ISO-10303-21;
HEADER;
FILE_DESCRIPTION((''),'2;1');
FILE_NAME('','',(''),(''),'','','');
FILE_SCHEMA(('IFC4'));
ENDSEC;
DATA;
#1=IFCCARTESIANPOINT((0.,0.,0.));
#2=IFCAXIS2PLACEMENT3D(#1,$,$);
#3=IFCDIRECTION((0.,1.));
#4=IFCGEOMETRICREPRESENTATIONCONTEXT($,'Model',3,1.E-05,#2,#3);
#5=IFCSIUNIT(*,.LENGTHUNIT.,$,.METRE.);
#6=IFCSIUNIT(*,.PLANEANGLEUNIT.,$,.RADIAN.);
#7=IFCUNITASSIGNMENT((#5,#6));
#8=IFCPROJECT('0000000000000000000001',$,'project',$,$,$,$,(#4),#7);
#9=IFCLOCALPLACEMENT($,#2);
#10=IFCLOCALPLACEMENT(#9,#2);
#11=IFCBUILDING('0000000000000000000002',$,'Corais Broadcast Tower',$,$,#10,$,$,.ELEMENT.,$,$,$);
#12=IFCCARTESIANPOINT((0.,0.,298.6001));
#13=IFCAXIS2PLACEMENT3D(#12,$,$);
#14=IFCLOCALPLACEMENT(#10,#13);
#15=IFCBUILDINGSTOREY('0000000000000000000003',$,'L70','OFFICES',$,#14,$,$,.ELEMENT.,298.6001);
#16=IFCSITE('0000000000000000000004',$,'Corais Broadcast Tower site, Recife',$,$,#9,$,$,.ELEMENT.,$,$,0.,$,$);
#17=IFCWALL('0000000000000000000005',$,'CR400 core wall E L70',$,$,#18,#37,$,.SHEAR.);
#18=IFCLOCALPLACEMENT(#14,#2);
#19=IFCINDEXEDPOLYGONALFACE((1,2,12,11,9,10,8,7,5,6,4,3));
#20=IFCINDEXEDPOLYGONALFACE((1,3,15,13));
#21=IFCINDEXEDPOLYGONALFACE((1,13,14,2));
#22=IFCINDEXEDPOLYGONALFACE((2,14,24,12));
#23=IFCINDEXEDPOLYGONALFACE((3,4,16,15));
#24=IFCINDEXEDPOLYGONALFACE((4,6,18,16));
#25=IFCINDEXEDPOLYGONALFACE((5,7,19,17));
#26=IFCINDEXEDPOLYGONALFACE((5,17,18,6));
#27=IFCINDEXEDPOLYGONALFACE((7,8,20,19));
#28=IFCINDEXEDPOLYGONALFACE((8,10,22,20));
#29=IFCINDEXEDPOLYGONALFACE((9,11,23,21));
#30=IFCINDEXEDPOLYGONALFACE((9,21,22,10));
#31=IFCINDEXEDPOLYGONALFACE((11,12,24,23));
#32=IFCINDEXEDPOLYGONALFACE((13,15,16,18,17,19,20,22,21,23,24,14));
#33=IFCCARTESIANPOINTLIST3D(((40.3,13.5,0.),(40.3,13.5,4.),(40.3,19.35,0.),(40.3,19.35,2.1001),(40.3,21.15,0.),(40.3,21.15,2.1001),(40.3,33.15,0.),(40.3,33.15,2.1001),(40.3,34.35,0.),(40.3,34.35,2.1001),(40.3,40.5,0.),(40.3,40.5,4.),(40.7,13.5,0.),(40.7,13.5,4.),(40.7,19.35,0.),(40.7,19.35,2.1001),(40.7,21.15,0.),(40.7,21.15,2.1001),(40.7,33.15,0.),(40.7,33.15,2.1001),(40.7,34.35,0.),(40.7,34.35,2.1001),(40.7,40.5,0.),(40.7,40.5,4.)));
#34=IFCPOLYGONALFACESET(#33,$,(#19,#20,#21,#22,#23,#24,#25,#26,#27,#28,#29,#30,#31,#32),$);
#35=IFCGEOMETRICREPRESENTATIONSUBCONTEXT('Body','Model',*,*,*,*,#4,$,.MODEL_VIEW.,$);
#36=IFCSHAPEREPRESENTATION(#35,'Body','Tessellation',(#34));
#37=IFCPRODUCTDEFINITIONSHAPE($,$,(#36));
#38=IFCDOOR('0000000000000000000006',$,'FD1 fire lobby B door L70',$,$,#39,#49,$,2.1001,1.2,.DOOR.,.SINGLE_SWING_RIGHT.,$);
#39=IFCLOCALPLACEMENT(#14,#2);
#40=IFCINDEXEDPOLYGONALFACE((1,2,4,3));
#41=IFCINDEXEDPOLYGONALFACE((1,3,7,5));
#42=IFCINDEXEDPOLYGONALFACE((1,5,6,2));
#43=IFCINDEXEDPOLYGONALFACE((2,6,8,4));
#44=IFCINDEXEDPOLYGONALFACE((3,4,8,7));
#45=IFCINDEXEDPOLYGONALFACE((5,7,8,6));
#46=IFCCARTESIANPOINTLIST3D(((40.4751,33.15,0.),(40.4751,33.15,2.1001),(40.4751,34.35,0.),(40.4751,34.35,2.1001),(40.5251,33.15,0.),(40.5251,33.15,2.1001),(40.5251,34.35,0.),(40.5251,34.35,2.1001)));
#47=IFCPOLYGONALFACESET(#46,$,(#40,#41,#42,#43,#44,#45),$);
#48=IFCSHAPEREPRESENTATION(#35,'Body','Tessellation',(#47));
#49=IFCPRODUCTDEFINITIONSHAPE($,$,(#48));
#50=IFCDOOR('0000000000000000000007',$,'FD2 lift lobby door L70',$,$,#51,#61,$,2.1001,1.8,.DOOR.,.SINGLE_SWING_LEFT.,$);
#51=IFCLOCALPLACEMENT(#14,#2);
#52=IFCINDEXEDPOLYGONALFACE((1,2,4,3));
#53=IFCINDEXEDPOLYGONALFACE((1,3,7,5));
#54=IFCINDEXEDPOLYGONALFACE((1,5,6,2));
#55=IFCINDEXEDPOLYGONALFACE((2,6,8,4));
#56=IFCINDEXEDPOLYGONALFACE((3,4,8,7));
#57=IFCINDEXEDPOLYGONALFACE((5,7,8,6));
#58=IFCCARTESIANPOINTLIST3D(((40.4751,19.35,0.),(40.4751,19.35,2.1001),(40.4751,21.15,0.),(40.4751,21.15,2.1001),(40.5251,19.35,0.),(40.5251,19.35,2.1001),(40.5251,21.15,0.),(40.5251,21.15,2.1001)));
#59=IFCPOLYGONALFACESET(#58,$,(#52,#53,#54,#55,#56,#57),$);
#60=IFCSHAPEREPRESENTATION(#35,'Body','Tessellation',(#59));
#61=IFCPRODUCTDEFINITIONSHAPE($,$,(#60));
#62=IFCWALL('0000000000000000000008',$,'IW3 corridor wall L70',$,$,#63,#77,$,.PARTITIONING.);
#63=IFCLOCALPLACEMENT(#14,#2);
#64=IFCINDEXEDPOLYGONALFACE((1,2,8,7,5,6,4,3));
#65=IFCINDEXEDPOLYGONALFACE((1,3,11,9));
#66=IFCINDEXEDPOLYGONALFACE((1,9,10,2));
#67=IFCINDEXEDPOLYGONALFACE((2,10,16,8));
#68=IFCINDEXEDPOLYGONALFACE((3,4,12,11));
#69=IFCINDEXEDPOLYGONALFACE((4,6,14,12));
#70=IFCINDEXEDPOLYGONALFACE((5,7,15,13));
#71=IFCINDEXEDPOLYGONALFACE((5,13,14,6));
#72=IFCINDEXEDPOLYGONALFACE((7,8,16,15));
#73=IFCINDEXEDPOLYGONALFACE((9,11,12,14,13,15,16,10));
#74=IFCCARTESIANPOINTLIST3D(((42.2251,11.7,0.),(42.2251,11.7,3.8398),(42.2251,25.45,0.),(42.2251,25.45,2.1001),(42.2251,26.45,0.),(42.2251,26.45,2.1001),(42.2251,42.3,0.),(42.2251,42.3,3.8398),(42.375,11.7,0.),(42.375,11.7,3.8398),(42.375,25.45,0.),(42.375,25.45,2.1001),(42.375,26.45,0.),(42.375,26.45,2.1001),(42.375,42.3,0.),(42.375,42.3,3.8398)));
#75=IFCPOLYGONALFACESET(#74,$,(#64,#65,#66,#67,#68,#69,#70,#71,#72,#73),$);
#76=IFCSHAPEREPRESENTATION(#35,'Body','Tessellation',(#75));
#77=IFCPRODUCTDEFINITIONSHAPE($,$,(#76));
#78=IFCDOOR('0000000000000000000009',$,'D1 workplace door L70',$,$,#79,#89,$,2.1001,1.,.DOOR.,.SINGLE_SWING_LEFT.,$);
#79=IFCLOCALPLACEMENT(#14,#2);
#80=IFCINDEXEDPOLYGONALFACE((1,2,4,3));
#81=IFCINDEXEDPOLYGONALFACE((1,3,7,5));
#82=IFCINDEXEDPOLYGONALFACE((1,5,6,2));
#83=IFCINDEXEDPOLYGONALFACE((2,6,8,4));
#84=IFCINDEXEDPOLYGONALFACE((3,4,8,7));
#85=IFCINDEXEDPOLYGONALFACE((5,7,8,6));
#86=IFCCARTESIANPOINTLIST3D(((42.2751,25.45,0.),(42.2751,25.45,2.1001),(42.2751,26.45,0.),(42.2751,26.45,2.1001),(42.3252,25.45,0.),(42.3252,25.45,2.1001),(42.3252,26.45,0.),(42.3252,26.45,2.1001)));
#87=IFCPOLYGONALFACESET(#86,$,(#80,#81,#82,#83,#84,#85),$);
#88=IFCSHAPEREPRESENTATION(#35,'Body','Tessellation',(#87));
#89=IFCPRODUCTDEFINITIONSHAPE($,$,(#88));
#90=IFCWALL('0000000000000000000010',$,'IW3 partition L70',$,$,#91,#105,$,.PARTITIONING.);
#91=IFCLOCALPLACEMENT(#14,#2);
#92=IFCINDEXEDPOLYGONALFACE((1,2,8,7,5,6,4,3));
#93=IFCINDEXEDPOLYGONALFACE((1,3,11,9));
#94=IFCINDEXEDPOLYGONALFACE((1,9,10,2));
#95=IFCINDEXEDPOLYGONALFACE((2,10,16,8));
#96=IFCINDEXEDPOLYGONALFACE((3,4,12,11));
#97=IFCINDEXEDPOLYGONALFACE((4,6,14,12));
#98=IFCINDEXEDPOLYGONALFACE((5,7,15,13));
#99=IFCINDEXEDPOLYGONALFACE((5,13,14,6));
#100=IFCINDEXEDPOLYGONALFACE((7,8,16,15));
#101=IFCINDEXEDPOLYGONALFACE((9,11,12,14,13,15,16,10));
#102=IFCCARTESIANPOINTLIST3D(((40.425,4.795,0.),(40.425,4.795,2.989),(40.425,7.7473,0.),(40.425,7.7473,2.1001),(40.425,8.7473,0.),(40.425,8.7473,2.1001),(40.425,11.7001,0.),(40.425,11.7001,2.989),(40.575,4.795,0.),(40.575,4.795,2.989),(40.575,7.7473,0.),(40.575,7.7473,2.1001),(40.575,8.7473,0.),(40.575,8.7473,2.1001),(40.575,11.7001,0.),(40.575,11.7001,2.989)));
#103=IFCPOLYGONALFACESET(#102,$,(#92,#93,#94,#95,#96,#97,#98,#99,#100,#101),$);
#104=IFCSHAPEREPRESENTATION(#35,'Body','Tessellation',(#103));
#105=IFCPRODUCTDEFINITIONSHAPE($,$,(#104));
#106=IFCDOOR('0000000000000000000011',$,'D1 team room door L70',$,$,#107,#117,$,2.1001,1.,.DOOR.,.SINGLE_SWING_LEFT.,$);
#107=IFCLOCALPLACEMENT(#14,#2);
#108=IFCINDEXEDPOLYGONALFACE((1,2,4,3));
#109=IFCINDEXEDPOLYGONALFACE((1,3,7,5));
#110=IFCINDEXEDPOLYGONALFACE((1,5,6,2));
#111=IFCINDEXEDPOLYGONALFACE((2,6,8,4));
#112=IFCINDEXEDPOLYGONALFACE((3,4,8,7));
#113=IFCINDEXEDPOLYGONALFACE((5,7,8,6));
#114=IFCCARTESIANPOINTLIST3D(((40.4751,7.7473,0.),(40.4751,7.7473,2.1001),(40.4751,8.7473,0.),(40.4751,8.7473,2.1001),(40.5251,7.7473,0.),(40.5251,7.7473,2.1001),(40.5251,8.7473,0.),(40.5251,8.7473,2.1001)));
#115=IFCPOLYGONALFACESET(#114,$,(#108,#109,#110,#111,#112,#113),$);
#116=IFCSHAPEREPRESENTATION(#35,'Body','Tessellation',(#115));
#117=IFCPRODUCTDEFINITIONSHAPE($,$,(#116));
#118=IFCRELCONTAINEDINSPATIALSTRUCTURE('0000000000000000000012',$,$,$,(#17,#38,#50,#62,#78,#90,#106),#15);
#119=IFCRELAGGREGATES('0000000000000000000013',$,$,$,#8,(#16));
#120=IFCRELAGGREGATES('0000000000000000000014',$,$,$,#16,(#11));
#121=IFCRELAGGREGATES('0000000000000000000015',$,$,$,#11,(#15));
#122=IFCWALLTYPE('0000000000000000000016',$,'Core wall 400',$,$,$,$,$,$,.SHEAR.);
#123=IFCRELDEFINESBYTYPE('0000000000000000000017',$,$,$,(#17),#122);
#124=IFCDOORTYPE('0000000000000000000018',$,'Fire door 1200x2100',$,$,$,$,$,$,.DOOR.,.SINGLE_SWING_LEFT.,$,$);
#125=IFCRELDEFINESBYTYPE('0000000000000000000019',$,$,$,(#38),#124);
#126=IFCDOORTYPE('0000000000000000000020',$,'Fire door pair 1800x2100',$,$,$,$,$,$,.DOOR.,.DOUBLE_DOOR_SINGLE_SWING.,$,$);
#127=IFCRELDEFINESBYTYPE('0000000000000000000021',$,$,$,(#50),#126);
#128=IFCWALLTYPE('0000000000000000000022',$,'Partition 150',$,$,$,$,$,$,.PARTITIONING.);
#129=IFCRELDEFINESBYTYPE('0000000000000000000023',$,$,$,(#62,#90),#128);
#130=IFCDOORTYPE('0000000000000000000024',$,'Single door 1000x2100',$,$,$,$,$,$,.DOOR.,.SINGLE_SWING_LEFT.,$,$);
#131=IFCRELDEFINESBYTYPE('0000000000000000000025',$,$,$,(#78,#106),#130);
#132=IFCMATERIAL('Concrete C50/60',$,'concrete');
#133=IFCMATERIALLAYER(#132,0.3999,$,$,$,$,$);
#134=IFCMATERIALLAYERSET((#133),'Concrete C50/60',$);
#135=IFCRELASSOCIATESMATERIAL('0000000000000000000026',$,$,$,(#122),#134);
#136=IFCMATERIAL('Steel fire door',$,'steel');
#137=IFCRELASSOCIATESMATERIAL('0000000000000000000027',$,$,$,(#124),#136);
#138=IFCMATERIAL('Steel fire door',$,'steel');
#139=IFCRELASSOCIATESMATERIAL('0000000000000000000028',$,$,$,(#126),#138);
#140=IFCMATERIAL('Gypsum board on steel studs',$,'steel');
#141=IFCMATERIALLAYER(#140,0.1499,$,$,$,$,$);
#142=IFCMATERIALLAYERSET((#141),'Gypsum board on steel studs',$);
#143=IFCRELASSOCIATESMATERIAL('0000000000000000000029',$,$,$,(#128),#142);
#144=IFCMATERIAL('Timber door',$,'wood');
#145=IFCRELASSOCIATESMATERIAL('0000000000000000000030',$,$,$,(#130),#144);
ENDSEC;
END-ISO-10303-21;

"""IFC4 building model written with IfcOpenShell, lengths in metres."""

from ifc_helpers import new_model, si_unit, direction, frame, frame_2d, origin, place, context, subcontext, project, spatial, rectangle, extrude, material, layer, layer_set, type_object, element, fill, save


model = new_model("IFC4")

# Units and contexts
model_context = context("Model", 3, precision=1e-05, world=origin(), true_north=direction((0.0, 1.0)))
body_context = subcontext(model_context, "Body", "Model", "MODEL_VIEW")
ifc_project = project(units=[si_unit("LENGTHUNIT", "METRE"), si_unit("PLANEANGLEUNIT", "RADIAN")], contexts=[model_context])

# Site, building, storey
site_placement = place(None, origin())
site = spatial("IfcSite", under=ifc_project, at=site_placement, Name="Corais Broadcast Tower site, Recife", CompositionType="ELEMENT", RefElevation=0.0)
building_placement = place(site_placement, origin())
building = spatial("IfcBuilding", under=site, at=building_placement, Name="Corais Broadcast Tower", CompositionType="ELEMENT")
storey_placement = place(building_placement, frame((0.0, 0.0, 298.6001)))
storey = spatial("IfcBuildingStorey", under=building, at=storey_placement, Name="L70", Description="OFFICES", CompositionType="ELEMENT", Elevation=298.6001)

# Wall, openings, doors
ifc_material_1 = material(Name="Concrete C50/60", Category="concrete")
ifc_layer_1 = layer(ifc_material_1, 0.3999)
ifc_layer_set_1 = layer_set([ifc_layer_1], Name="Concrete C50/60")
wall_type_1 = type_object("IfcWallType", Name="Core wall 400", PredefinedType="SHEAR", material=ifc_layer_set_1)
wall_1_placement = place(storey_placement, frame((40.5, 13.5, 0.0), z_axis=(0.0, 0.0, 1.0), x_axis=(0.0, 1.0, 0.0)))
wall_1 = element("IfcWall", 1, at=wall_1_placement, inside=storey, type_object=wall_type_1, Name="CR400 core wall E L70", PredefinedType="SHEAR", context=body_context, shape_type="SweptSolid", body=[
    extrude(rectangle(XDim=27.0, YDim=0.3999, at=frame_2d((13.5, 0.0))), origin(), (0.0, 0.0, 1.0), 4.0),
])
opening_1_placement = place(wall_1_placement, frame((5.8501, 0.0, 0.0)))
opening_1 = element("IfcOpeningElement", 2, at=opening_1_placement, cuts=wall_1, PredefinedType="OPENING", context=body_context, shape_type="SweptSolid", body=[
    extrude(rectangle(XDim=1.8, YDim=2.1001, at=frame_2d((0.8999, 1.05))), frame((0.0, 0.21, 0.0), z_axis=(0.0, -1.0, 0.0), x_axis=(1.0, 0.0, 0.0)), (0.0, 0.0, 1.0), 0.4199),
])
opening_2_placement = place(wall_1_placement, frame((19.6499, 0.0, 0.0)))
opening_2 = element("IfcOpeningElement", 3, at=opening_2_placement, cuts=wall_1, PredefinedType="OPENING", context=body_context, shape_type="SweptSolid", body=[
    extrude(rectangle(XDim=1.2, YDim=2.1001, at=frame_2d((0.6001, 1.05))), frame((0.0, 0.21, 0.0), z_axis=(0.0, -1.0, 0.0), x_axis=(1.0, 0.0, 0.0)), (0.0, 0.0, 1.0), 0.4199),
])
ifc_material_2 = material(Name="Steel fire door", Category="steel")
door_type_1 = type_object("IfcDoorType", Name="Fire door 1200x2100", OperationType="SINGLE_SWING_LEFT", PredefinedType="DOOR", material=ifc_material_2)
door_1_placement = place(opening_2_placement, origin())
door_1 = element("IfcDoor", 4, at=door_1_placement, inside=storey, type_object=door_type_1, Name="FD1 fire lobby B door L70", OperationType="SINGLE_SWING_RIGHT", OverallHeight=2.1001, OverallWidth=1.2, PredefinedType="DOOR", context=body_context, shape_type="SweptSolid", body=[
    extrude(rectangle(XDim=1.2, YDim=2.1001, at=frame_2d((0.6001, 1.05))), frame((0.0, 0.0249, 0.0), z_axis=(0.0, -1.0, 0.0), x_axis=(1.0, 0.0, 0.0)), (0.0, 0.0, 1.0), 0.05),
])
fill(opening_2, door_1)
ifc_material_3 = material(Name="Steel fire door", Category="steel")
door_type_2 = type_object("IfcDoorType", Name="Fire door pair 1800x2100", OperationType="DOUBLE_DOOR_SINGLE_SWING", PredefinedType="DOOR", material=ifc_material_3)
door_2_placement = place(opening_1_placement, origin())
door_2 = element("IfcDoor", 5, at=door_2_placement, inside=storey, type_object=door_type_2, Name="FD2 lift lobby door L70", OperationType="SINGLE_SWING_LEFT", OverallHeight=2.1001, OverallWidth=1.8, PredefinedType="DOOR", context=body_context, shape_type="SweptSolid", body=[
    extrude(rectangle(XDim=1.8, YDim=2.1001, at=frame_2d((0.8999, 1.05))), frame((0.0, 0.0249, 0.0), z_axis=(0.0, -1.0, 0.0), x_axis=(1.0, 0.0, 0.0)), (0.0, 0.0, 1.0), 0.05),
])
fill(opening_1, door_2)

# Walls, openings, doors
ifc_material_4 = material(Name="Gypsum board on steel studs", Category="steel")
ifc_layer_2 = layer(ifc_material_4, 0.1499)
ifc_layer_set_2 = layer_set([ifc_layer_2], Name="Gypsum board on steel studs")
wall_type_2 = type_object("IfcWallType", Name="Partition 150", PredefinedType="PARTITIONING", material=ifc_layer_set_2)
wall_2_placement = place(storey_placement, frame((42.3, 11.7, 0.0), z_axis=(0.0, 0.0, 1.0), x_axis=(0.0, 1.0, 0.0)))
wall_2 = element("IfcWall", 6, at=wall_2_placement, inside=storey, type_object=wall_type_2, Name="IW3 corridor wall L70", PredefinedType="PARTITIONING", context=body_context, shape_type="SweptSolid", body=[
    extrude(rectangle(XDim=30.6001, YDim=0.1499, at=frame_2d((15.3, 0.0))), origin(), (0.0, 0.0, 1.0), 3.8398),
])
opening_3_placement = place(wall_2_placement, frame((13.75, 0.0, 0.0)))
opening_3 = element("IfcOpeningElement", 7, at=opening_3_placement, cuts=wall_2, PredefinedType="OPENING", context=body_context, shape_type="SweptSolid", body=[
    extrude(rectangle(XDim=1.0, YDim=2.1001, at=frame_2d((0.5, 1.05))), frame((0.0, 0.085, 0.0), z_axis=(0.0, -1.0, 0.0), x_axis=(1.0, 0.0, 0.0)), (0.0, 0.0, 1.0), 0.1699),
])
ifc_material_5 = material(Name="Timber door", Category="wood")
door_type_3 = type_object("IfcDoorType", Name="Single door 1000x2100", OperationType="SINGLE_SWING_LEFT", PredefinedType="DOOR", material=ifc_material_5)
door_3_placement = place(opening_3_placement, origin())
door_3 = element("IfcDoor", 8, at=door_3_placement, inside=storey, type_object=door_type_3, Name="D1 workplace door L70", OperationType="SINGLE_SWING_LEFT", OverallHeight=2.1001, OverallWidth=1.0, PredefinedType="DOOR", context=body_context, shape_type="SweptSolid", body=[
    extrude(rectangle(XDim=1.0, YDim=2.1001, at=frame_2d((0.5, 1.05))), frame((0.0, 0.0249, 0.0), z_axis=(0.0, -1.0, 0.0), x_axis=(1.0, 0.0, 0.0)), (0.0, 0.0, 1.0), 0.05),
])
fill(opening_3, door_3)
wall_3_placement = place(storey_placement, frame((40.5, 4.7949, 0.0), z_axis=(0.0, 0.0, 1.0), x_axis=(0.0, 1.0, 0.0)))
wall_3 = element("IfcWall", 9, at=wall_3_placement, inside=storey, type_object=wall_type_2, Name="IW3 partition L70", PredefinedType="PARTITIONING", context=body_context, shape_type="SweptSolid", body=[
    extrude(rectangle(XDim=6.905, YDim=0.1499, at=frame_2d((3.4526, 0.0))), origin(), (0.0, 0.0, 1.0), 2.989),
])
opening_4_placement = place(wall_3_placement, frame((2.9524, 0.0, 0.0)))
opening_4 = element("IfcOpeningElement", 10, at=opening_4_placement, cuts=wall_3, PredefinedType="OPENING", context=body_context, shape_type="SweptSolid", body=[
    extrude(rectangle(XDim=1.0, YDim=2.1001, at=frame_2d((0.5, 1.05))), frame((0.0, 0.085, 0.0), z_axis=(0.0, -1.0, 0.0), x_axis=(1.0, 0.0, 0.0)), (0.0, 0.0, 1.0), 0.1699),
])
door_4_placement = place(opening_4_placement, origin())
door_4 = element("IfcDoor", 11, at=door_4_placement, inside=storey, type_object=door_type_3, Name="D1 team room door L70", OperationType="SINGLE_SWING_LEFT", OverallHeight=2.1001, OverallWidth=1.0, PredefinedType="DOOR", context=body_context, shape_type="SweptSolid", body=[
    extrude(rectangle(XDim=1.0, YDim=2.1001, at=frame_2d((0.5, 1.05))), frame((0.0, 0.0249, 0.0), z_axis=(0.0, -1.0, 0.0), x_axis=(1.0, 0.0, 0.0)), (0.0, 0.0, 1.0), 0.05),
])
fill(opening_4, door_4)

save(model, "model.ifc")
